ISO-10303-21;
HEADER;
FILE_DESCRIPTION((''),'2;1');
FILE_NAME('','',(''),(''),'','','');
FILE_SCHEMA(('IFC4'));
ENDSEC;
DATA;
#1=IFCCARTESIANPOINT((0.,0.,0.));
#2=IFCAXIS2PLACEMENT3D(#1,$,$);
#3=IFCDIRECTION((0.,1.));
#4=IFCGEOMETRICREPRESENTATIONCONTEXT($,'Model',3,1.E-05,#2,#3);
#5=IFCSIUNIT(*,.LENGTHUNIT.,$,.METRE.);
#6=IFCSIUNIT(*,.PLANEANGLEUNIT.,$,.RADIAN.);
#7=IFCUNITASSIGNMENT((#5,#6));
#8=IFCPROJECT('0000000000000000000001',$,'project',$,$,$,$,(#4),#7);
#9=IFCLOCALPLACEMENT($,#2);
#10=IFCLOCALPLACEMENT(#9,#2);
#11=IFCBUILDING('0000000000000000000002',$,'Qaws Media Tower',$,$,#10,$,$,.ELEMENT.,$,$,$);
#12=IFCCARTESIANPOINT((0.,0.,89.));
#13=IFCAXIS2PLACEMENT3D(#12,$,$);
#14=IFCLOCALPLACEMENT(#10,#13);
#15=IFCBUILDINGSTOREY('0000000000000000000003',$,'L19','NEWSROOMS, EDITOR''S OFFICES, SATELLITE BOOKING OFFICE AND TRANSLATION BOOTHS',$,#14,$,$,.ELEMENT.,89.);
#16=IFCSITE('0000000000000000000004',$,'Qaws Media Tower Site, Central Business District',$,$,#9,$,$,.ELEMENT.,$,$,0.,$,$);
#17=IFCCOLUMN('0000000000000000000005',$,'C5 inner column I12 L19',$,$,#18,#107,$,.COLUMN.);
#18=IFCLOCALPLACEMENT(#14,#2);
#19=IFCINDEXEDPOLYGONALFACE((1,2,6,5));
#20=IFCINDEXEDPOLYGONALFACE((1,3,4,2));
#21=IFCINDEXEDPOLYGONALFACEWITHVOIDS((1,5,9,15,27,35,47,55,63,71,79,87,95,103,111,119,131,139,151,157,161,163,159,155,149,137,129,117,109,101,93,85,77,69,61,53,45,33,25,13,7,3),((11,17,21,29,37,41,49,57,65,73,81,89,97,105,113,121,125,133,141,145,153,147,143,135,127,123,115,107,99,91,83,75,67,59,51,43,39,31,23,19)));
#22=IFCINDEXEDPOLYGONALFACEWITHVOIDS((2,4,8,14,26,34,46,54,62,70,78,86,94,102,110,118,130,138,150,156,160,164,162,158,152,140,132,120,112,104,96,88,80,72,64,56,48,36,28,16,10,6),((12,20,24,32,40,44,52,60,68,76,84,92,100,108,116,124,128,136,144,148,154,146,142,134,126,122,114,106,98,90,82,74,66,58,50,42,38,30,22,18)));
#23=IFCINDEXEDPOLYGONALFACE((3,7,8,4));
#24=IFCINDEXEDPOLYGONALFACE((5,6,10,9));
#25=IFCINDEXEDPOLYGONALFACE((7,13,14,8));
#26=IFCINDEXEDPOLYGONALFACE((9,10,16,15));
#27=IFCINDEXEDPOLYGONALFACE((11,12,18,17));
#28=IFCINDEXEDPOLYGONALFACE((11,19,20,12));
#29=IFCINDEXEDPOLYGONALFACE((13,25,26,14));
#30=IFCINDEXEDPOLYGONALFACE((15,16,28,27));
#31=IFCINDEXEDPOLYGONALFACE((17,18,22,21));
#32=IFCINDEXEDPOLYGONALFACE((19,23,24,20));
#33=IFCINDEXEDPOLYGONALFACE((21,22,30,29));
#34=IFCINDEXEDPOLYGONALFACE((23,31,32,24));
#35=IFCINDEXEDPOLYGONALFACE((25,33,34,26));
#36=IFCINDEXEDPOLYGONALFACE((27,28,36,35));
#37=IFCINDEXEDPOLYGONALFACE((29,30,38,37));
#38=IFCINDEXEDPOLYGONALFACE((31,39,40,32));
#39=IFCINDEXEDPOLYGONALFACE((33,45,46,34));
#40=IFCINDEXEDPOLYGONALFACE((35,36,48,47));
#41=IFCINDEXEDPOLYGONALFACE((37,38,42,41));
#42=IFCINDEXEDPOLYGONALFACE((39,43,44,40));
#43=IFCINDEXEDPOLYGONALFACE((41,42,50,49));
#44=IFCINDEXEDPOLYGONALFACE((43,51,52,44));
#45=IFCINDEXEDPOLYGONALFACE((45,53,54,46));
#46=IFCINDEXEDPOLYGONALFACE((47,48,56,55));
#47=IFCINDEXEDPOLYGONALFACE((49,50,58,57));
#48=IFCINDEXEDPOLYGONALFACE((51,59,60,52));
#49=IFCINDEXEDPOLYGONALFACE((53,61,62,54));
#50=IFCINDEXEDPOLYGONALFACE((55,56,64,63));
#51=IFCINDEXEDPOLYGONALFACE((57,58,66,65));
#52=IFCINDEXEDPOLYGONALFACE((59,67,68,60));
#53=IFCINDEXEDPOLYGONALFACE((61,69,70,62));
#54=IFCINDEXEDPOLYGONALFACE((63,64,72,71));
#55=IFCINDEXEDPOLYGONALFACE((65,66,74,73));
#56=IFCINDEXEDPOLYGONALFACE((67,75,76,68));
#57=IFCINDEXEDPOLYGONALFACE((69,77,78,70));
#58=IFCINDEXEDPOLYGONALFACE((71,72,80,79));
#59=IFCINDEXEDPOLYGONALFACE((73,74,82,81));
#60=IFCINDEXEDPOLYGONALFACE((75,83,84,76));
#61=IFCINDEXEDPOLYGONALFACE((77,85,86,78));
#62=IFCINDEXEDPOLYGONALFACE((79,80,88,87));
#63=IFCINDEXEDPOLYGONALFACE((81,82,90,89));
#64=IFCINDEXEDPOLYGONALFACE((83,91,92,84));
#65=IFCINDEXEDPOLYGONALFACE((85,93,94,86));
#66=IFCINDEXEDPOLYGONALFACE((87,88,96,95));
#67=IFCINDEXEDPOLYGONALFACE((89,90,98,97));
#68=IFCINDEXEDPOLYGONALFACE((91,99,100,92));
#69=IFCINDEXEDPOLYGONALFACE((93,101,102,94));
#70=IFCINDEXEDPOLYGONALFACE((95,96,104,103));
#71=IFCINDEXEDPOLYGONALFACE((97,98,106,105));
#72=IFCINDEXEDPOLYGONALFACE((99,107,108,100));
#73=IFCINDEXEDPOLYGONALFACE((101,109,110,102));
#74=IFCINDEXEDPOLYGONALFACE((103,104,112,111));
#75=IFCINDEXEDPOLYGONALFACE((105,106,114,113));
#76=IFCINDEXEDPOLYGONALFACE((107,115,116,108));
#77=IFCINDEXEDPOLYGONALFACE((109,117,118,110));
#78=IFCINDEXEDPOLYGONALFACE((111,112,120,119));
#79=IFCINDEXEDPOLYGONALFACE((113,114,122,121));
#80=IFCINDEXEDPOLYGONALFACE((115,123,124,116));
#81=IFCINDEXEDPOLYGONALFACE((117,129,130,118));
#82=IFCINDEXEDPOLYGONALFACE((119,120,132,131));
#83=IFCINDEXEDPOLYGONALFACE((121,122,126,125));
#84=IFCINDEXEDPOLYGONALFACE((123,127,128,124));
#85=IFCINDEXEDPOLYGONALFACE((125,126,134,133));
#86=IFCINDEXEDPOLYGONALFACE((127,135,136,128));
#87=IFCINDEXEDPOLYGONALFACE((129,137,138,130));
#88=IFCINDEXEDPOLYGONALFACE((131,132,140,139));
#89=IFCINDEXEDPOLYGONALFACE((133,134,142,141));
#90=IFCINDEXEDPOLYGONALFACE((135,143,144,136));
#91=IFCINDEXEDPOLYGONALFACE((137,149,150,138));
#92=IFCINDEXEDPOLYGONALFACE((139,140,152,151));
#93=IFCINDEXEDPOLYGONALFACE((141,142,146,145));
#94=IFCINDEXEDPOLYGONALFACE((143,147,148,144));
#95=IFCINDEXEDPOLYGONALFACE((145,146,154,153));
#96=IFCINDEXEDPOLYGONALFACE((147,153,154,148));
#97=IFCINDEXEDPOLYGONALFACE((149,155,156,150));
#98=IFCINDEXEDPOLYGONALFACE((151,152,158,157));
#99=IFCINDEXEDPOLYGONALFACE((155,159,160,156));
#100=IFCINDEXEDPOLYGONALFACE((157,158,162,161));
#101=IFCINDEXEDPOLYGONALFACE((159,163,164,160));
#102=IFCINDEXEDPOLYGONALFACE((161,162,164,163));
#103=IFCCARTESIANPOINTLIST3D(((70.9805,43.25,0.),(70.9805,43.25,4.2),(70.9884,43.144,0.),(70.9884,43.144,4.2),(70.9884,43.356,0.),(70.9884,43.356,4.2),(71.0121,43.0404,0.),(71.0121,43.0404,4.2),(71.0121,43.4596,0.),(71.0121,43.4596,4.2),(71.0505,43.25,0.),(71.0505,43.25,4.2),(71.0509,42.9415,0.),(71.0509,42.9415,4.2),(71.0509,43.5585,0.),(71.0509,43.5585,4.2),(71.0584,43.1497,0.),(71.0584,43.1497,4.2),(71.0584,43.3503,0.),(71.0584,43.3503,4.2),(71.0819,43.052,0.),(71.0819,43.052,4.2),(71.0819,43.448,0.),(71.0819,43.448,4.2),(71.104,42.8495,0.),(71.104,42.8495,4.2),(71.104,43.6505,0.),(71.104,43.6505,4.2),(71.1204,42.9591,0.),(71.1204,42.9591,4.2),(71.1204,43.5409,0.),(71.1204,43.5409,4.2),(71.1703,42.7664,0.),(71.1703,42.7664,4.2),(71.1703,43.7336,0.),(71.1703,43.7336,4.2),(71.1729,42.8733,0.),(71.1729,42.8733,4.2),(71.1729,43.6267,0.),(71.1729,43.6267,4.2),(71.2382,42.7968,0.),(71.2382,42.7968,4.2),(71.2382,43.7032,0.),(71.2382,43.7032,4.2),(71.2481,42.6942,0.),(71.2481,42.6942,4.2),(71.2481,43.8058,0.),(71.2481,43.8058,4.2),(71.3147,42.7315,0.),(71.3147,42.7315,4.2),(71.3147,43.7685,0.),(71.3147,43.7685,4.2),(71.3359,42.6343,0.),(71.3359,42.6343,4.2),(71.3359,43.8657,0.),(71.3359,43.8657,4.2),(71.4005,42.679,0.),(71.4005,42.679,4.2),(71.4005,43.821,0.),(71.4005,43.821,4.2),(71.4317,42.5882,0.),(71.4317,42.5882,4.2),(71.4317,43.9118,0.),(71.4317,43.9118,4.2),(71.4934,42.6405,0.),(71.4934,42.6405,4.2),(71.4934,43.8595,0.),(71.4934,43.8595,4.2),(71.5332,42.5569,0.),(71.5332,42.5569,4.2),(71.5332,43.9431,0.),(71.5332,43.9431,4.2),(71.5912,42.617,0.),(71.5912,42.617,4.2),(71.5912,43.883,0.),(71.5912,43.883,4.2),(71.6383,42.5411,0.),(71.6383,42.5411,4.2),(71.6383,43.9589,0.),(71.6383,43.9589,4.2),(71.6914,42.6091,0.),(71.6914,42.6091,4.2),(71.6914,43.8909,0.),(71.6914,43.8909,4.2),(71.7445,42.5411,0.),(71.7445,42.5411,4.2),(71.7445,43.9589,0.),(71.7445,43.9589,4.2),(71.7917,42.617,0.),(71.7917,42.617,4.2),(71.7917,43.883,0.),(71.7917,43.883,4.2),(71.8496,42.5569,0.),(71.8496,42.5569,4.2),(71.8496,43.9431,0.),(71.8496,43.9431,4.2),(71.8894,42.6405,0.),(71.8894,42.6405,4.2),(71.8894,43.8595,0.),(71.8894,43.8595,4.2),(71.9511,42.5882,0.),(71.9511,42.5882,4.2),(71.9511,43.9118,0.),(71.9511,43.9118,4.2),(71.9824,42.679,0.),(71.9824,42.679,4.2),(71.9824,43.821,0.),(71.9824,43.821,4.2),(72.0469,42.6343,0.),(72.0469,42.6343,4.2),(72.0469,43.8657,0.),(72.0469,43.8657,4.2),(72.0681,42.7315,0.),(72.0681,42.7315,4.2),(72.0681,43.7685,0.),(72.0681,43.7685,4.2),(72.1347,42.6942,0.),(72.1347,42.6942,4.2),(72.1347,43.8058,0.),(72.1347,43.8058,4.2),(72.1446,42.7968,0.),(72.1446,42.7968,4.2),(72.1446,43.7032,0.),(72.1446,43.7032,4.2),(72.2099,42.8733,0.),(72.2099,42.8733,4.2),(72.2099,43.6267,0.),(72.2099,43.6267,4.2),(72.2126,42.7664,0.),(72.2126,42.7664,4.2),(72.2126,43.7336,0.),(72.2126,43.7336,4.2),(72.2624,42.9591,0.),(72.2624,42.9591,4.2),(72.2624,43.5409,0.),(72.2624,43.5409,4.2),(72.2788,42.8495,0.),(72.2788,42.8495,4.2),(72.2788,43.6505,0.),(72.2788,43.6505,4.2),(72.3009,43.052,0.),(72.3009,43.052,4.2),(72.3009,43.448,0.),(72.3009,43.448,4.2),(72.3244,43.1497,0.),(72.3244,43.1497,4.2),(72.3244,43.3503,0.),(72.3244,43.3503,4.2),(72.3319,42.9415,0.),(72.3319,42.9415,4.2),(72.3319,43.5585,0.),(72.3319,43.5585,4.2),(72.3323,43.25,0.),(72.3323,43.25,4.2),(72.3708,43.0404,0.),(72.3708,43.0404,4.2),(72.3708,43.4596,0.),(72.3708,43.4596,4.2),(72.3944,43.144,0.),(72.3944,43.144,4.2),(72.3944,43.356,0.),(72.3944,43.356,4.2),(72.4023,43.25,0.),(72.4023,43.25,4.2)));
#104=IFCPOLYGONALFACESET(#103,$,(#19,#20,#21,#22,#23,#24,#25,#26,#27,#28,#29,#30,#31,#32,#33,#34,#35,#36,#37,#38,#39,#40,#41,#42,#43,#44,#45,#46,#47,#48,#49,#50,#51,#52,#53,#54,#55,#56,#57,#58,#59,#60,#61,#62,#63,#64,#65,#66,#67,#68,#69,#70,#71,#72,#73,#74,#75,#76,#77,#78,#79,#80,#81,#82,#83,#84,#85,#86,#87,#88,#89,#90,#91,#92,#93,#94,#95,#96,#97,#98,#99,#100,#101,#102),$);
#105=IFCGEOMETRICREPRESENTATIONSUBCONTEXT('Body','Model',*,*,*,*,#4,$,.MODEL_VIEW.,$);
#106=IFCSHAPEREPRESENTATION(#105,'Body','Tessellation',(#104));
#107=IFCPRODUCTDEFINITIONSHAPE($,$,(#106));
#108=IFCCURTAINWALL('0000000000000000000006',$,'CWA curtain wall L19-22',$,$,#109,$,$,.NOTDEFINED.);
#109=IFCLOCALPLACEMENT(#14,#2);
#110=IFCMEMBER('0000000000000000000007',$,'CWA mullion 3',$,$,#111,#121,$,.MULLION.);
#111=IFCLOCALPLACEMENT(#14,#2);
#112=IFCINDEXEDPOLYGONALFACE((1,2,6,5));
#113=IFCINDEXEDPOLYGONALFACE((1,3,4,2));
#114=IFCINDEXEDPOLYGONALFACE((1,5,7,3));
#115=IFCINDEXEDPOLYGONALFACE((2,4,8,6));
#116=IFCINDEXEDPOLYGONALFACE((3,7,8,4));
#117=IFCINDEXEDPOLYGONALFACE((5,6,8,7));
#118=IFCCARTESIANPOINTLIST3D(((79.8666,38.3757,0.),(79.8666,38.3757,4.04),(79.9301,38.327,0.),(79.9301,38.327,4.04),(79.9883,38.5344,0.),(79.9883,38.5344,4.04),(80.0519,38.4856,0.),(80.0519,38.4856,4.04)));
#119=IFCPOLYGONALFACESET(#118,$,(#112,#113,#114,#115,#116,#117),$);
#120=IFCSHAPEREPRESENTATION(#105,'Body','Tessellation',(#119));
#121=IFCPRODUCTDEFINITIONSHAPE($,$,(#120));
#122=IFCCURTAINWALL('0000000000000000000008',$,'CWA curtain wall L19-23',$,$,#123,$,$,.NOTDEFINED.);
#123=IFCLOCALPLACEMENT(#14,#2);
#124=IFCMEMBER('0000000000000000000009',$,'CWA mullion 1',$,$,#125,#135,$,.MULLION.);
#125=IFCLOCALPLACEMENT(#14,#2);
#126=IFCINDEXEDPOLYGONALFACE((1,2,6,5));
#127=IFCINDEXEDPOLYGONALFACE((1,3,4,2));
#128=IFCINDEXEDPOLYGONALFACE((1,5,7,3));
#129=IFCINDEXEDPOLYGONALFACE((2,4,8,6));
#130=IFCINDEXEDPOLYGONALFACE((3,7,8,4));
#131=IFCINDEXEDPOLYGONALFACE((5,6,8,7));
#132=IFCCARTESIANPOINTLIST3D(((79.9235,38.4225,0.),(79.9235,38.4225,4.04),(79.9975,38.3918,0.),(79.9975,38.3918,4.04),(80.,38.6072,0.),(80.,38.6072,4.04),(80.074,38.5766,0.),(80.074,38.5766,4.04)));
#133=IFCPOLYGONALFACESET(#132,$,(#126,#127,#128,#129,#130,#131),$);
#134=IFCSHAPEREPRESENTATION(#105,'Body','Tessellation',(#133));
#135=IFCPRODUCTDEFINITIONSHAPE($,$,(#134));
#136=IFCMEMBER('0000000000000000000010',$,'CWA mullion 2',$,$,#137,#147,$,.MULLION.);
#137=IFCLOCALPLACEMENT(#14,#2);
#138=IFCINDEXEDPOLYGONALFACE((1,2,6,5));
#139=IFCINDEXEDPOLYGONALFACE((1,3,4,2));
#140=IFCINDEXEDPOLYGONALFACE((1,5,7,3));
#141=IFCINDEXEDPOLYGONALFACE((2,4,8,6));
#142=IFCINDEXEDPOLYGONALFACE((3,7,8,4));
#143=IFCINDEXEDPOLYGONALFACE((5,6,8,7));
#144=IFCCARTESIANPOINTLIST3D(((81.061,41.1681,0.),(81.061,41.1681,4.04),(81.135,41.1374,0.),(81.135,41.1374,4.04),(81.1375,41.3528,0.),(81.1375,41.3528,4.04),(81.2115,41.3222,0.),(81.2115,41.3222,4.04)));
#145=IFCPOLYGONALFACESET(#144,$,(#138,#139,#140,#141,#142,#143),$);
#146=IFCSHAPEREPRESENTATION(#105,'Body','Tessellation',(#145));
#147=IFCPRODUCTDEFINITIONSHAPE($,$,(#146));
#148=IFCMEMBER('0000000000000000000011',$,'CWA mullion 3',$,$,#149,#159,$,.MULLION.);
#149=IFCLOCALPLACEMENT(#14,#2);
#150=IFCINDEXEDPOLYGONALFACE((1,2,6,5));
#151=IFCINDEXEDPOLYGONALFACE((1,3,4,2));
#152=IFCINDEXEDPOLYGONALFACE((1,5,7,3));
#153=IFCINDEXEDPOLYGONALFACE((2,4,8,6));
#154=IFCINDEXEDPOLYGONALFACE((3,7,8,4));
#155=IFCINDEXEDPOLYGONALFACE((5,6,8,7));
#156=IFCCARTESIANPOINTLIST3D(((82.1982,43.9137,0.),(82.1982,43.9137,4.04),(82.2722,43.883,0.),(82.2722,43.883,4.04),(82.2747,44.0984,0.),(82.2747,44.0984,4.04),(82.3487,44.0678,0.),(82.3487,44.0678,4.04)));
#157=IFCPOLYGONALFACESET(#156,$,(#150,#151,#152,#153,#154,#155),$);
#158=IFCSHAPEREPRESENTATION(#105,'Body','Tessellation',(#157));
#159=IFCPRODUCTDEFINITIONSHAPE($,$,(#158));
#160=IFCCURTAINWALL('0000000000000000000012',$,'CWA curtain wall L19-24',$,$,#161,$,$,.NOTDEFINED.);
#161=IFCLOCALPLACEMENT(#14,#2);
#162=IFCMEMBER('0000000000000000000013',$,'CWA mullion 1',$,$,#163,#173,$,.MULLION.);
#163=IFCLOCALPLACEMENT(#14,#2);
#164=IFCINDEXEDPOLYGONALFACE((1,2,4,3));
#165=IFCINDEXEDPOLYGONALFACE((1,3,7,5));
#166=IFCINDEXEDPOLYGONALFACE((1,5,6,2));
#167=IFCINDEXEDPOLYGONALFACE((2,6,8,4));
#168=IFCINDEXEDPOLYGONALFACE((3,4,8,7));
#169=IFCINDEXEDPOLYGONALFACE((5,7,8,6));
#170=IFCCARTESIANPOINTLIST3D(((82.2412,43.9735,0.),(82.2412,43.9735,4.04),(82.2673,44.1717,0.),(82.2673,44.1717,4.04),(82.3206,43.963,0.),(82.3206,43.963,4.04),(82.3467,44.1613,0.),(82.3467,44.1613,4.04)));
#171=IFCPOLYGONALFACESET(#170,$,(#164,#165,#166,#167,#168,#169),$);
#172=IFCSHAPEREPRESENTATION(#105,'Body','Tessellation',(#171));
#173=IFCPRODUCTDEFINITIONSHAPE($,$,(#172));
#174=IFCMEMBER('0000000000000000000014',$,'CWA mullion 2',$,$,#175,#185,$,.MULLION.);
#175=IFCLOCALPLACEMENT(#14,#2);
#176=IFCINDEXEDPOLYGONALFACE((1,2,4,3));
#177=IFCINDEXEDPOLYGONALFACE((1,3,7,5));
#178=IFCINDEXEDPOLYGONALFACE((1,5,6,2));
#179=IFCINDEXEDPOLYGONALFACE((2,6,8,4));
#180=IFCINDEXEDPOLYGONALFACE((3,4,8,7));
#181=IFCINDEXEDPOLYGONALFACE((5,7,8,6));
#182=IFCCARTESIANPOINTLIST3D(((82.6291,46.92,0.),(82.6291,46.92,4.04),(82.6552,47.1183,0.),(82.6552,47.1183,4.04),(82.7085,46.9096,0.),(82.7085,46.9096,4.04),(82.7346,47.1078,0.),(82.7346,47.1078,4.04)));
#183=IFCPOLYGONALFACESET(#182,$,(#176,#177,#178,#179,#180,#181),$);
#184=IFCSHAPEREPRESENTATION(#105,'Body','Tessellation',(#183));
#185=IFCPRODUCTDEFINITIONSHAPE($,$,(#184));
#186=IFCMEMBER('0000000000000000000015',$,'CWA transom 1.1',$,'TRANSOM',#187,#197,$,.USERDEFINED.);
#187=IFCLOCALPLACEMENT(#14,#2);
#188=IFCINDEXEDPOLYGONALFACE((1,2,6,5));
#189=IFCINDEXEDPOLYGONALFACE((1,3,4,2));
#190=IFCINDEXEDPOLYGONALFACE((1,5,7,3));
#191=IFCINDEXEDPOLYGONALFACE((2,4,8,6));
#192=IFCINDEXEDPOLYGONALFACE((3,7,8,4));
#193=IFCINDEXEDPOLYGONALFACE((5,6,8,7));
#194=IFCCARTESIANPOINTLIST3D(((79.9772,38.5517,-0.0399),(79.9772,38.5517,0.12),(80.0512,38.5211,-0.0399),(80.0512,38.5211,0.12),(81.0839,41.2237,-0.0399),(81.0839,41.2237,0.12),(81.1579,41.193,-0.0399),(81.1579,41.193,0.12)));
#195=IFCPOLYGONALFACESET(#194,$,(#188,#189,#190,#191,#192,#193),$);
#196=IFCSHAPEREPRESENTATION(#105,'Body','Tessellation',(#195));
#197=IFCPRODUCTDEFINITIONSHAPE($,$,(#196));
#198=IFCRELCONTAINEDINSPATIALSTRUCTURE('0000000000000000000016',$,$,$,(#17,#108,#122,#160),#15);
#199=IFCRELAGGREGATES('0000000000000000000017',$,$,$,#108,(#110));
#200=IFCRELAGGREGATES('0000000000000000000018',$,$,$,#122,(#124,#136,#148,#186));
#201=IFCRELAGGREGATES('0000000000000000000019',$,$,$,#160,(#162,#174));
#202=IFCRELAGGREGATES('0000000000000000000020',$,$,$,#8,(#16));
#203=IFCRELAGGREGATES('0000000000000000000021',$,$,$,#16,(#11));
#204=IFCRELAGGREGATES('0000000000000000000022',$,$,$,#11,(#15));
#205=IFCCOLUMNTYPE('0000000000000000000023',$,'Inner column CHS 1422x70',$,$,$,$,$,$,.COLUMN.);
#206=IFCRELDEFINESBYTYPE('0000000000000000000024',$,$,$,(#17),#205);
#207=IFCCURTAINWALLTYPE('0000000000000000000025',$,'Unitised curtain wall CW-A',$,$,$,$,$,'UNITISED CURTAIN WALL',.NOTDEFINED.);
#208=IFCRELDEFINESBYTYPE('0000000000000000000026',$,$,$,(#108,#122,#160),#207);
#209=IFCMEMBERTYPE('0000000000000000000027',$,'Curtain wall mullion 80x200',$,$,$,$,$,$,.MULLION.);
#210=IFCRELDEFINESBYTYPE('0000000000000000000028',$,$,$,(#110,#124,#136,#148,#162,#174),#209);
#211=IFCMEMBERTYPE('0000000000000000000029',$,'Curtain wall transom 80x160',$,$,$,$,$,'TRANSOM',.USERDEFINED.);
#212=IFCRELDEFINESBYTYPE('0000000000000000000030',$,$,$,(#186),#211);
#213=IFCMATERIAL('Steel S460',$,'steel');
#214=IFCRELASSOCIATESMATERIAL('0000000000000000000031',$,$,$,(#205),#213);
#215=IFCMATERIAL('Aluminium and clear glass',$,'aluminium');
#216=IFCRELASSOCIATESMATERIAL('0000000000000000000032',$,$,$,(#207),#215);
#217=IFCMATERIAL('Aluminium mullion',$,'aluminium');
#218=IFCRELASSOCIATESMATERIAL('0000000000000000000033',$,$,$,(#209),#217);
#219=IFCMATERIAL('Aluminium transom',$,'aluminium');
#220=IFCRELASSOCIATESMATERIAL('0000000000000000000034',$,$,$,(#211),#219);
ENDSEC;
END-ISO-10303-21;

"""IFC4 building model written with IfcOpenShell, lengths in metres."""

from ifc_helpers import new_model, si_unit, direction, frame, origin, origin_2d, place, context, subcontext, project, spatial, rectangle, hollow_circle, extrude, material, material_profile, profile_set, type_object, element, aggregate, save


model = new_model("IFC4")

# Units and contexts
model_context = context("Model", 3, precision=1e-05, world=origin(), true_north=direction((0.0, 1.0)))
body_context = subcontext(model_context, "Body", "Model", "MODEL_VIEW")
ifc_project = project(units=[si_unit("LENGTHUNIT", "METRE"), si_unit("PLANEANGLEUNIT", "RADIAN")], contexts=[model_context])

# Site, building, storey
site_placement = place(None, origin())
site = spatial("IfcSite", under=ifc_project, at=site_placement, Name="Qaws Media Tower Site, Central Business District", CompositionType="ELEMENT", RefElevation=0.0)
building_placement = place(site_placement, origin())
building = spatial("IfcBuilding", under=site, at=building_placement, Name="Qaws Media Tower", CompositionType="ELEMENT")
storey_placement = place(building_placement, frame((0.0, 0.0, 89.0)))
storey = spatial("IfcBuildingStorey", under=building, at=storey_placement, Name="L19", Description="NEWSROOMS, EDITOR'S OFFICES, SATELLITE BOOKING OFFICE AND TRANSLATION BOOTHS", CompositionType="ELEMENT", Elevation=89.0)

# Column
ifc_material_1 = material(Name="Steel S460", Category="steel")
ifc_material_profile_1 = material_profile(ifc_material_1, hollow_circle(Radius=0.7109, WallThickness=0.0701, at=origin_2d()), Name="CHS 1422x70")
ifc_profile_set_1 = profile_set([ifc_material_profile_1], Name="Steel S460")
column_type = type_object("IfcColumnType", Name="Inner column CHS 1422x70", PredefinedType="COLUMN", material=ifc_profile_set_1)
column_placement = place(storey_placement, frame((71.6914, 43.25, 0.0), z_axis=(0.0, 0.0, 1.0), x_axis=(1.0, 0.0, 0.0)))
element("IfcColumn", 1, at=column_placement, inside=storey, type_object=column_type, Name="C5 inner column I12 L19", PredefinedType="COLUMN", context=body_context, shape_type="SweptSolid", body=[
    extrude(hollow_circle(Radius=0.7109, WallThickness=0.0701, at=origin_2d()), origin(), (0.0, 0.0, 1.0), 4.2),
])

# Curtain wall, member
ifc_material_2 = material(Name="Aluminium and clear glass", Category="aluminium")
curtain_wall_type = type_object("IfcCurtainWallType", Name="Unitised curtain wall CW-A", ElementType="UNITISED CURTAIN WALL", PredefinedType="NOTDEFINED", material=ifc_material_2)
curtain_wall_1_placement = place(storey_placement, origin())
curtain_wall_1 = element("IfcCurtainWall", 2, at=curtain_wall_1_placement, inside=storey, type_object=curtain_wall_type, Name="CWA curtain wall L19-22", PredefinedType="NOTDEFINED")
ifc_material_3 = material(Name="Aluminium mullion", Category="aluminium")
ifc_material_profile_2 = material_profile(ifc_material_3, rectangle(XDim=0.0801, YDim=0.2, at=origin_2d()), Name="80x200")
ifc_profile_set_2 = profile_set([ifc_material_profile_2], Name="Aluminium mullion")
member_type_1 = type_object("IfcMemberType", Name="Curtain wall mullion 80x200", PredefinedType="MULLION", material=ifc_profile_set_2)
member_1_placement = place(storey_placement, frame((79.9592, 38.4307, 0.0), z_axis=(0.0, 0.0, 1.0), x_axis=(-0.793353, 0.608761, 0.0)))
member_1 = element("IfcMember", 3, at=member_1_placement, type_object=member_type_1, Name="CWA mullion 3", PredefinedType="MULLION", context=body_context, shape_type="SweptSolid", body=[
    extrude(rectangle(XDim=0.0801, YDim=0.2, at=origin_2d()), origin(), (0.0, 0.0, 1.0), 4.04),
])

# Curtain walls, members
curtain_wall_2_placement = place(storey_placement, origin())
curtain_wall_2 = element("IfcCurtainWall", 4, at=curtain_wall_2_placement, inside=storey, type_object=curtain_wall_type, Name="CWA curtain wall L19-23", PredefinedType="NOTDEFINED")
member_2_placement = place(storey_placement, frame((79.9988, 38.4995, 0.0), z_axis=(0.0, 0.0, 1.0), x_axis=(-0.92388, 0.382683, 0.0)))
member_2 = element("IfcMember", 5, at=member_2_placement, type_object=member_type_1, Name="CWA mullion 1", PredefinedType="MULLION", context=body_context, shape_type="SweptSolid", body=[
    extrude(rectangle(XDim=0.0801, YDim=0.2, at=origin_2d()), origin(), (0.0, 0.0, 1.0), 4.04),
])
member_3_placement = place(storey_placement, frame((81.1362, 41.2451, 0.0), z_axis=(0.0, 0.0, 1.0), x_axis=(-0.92388, 0.382683, 0.0)))
member_3 = element("IfcMember", 6, at=member_3_placement, type_object=member_type_1, Name="CWA mullion 2", PredefinedType="MULLION", context=body_context, shape_type="SweptSolid", body=[
    extrude(rectangle(XDim=0.0801, YDim=0.2, at=origin_2d()), origin(), (0.0, 0.0, 1.0), 4.04),
])
member_4_placement = place(storey_placement, frame((82.2734, 43.9907, 0.0), z_axis=(0.0, 0.0, 1.0), x_axis=(-0.92388, 0.382683, 0.0)))
member_4 = element("IfcMember", 7, at=member_4_placement, type_object=member_type_1, Name="CWA mullion 3", PredefinedType="MULLION", context=body_context, shape_type="SweptSolid", body=[
    extrude(rectangle(XDim=0.0801, YDim=0.2, at=origin_2d()), origin(), (0.0, 0.0, 1.0), 4.04),
])
curtain_wall_3_placement = place(storey_placement, origin())
curtain_wall_3 = element("IfcCurtainWall", 8, at=curtain_wall_3_placement, inside=storey, type_object=curtain_wall_type, Name="CWA curtain wall L19-24", PredefinedType="NOTDEFINED")
member_5_placement = place(storey_placement, frame((82.2939, 44.0674, 0.0), z_axis=(0.0, 0.0, 1.0), x_axis=(-0.991445, 0.130526, 0.0)))
member_5 = element("IfcMember", 9, at=member_5_placement, type_object=member_type_1, Name="CWA mullion 1", PredefinedType="MULLION", context=body_context, shape_type="SweptSolid", body=[
    extrude(rectangle(XDim=0.0801, YDim=0.2, at=origin_2d()), origin(), (0.0, 0.0, 1.0), 4.04),
])
member_6_placement = place(storey_placement, frame((82.6819, 47.0139, 0.0), z_axis=(0.0, 0.0, 1.0), x_axis=(-0.991445, 0.130526, 0.0)))
member_6 = element("IfcMember", 10, at=member_6_placement, type_object=member_type_1, Name="CWA mullion 2", PredefinedType="MULLION", context=body_context, shape_type="SweptSolid", body=[
    extrude(rectangle(XDim=0.0801, YDim=0.2, at=origin_2d()), origin(), (0.0, 0.0, 1.0), 4.04),
])

# Member
ifc_material_4 = material(Name="Aluminium transom", Category="aluminium")
ifc_material_profile_3 = material_profile(ifc_material_4, rectangle(XDim=0.0801, YDim=0.1599, at=origin_2d()), Name="80x160")
ifc_profile_set_3 = profile_set([ifc_material_profile_3], Name="Aluminium transom")
member_type_2 = type_object("IfcMemberType", Name="Curtain wall transom 80x160", ElementType="TRANSOM", PredefinedType="USERDEFINED", material=ifc_profile_set_3)
member_7_placement = place(storey_placement, frame((80.0142, 38.5364, 0.04), z_axis=(0.382672, 0.923884, 0.0), x_axis=(-0.923884, 0.382672, 0.0)))
member_7 = element("IfcMember", 11, at=member_7_placement, type_object=member_type_2, Name="CWA transom 1.1", ObjectType="TRANSOM", PredefinedType="USERDEFINED", context=body_context, shape_type="SweptSolid", body=[
    extrude(rectangle(XDim=0.0801, YDim=0.1599, at=origin_2d()), origin(), (0.0, 0.0, 1.0), 2.8921),
])

aggregate(curtain_wall_1, [member_1])
aggregate(curtain_wall_2, [member_2, member_3, member_4, member_7])
aggregate(curtain_wall_3, [member_5, member_6])

save(model, "model.ifc")
